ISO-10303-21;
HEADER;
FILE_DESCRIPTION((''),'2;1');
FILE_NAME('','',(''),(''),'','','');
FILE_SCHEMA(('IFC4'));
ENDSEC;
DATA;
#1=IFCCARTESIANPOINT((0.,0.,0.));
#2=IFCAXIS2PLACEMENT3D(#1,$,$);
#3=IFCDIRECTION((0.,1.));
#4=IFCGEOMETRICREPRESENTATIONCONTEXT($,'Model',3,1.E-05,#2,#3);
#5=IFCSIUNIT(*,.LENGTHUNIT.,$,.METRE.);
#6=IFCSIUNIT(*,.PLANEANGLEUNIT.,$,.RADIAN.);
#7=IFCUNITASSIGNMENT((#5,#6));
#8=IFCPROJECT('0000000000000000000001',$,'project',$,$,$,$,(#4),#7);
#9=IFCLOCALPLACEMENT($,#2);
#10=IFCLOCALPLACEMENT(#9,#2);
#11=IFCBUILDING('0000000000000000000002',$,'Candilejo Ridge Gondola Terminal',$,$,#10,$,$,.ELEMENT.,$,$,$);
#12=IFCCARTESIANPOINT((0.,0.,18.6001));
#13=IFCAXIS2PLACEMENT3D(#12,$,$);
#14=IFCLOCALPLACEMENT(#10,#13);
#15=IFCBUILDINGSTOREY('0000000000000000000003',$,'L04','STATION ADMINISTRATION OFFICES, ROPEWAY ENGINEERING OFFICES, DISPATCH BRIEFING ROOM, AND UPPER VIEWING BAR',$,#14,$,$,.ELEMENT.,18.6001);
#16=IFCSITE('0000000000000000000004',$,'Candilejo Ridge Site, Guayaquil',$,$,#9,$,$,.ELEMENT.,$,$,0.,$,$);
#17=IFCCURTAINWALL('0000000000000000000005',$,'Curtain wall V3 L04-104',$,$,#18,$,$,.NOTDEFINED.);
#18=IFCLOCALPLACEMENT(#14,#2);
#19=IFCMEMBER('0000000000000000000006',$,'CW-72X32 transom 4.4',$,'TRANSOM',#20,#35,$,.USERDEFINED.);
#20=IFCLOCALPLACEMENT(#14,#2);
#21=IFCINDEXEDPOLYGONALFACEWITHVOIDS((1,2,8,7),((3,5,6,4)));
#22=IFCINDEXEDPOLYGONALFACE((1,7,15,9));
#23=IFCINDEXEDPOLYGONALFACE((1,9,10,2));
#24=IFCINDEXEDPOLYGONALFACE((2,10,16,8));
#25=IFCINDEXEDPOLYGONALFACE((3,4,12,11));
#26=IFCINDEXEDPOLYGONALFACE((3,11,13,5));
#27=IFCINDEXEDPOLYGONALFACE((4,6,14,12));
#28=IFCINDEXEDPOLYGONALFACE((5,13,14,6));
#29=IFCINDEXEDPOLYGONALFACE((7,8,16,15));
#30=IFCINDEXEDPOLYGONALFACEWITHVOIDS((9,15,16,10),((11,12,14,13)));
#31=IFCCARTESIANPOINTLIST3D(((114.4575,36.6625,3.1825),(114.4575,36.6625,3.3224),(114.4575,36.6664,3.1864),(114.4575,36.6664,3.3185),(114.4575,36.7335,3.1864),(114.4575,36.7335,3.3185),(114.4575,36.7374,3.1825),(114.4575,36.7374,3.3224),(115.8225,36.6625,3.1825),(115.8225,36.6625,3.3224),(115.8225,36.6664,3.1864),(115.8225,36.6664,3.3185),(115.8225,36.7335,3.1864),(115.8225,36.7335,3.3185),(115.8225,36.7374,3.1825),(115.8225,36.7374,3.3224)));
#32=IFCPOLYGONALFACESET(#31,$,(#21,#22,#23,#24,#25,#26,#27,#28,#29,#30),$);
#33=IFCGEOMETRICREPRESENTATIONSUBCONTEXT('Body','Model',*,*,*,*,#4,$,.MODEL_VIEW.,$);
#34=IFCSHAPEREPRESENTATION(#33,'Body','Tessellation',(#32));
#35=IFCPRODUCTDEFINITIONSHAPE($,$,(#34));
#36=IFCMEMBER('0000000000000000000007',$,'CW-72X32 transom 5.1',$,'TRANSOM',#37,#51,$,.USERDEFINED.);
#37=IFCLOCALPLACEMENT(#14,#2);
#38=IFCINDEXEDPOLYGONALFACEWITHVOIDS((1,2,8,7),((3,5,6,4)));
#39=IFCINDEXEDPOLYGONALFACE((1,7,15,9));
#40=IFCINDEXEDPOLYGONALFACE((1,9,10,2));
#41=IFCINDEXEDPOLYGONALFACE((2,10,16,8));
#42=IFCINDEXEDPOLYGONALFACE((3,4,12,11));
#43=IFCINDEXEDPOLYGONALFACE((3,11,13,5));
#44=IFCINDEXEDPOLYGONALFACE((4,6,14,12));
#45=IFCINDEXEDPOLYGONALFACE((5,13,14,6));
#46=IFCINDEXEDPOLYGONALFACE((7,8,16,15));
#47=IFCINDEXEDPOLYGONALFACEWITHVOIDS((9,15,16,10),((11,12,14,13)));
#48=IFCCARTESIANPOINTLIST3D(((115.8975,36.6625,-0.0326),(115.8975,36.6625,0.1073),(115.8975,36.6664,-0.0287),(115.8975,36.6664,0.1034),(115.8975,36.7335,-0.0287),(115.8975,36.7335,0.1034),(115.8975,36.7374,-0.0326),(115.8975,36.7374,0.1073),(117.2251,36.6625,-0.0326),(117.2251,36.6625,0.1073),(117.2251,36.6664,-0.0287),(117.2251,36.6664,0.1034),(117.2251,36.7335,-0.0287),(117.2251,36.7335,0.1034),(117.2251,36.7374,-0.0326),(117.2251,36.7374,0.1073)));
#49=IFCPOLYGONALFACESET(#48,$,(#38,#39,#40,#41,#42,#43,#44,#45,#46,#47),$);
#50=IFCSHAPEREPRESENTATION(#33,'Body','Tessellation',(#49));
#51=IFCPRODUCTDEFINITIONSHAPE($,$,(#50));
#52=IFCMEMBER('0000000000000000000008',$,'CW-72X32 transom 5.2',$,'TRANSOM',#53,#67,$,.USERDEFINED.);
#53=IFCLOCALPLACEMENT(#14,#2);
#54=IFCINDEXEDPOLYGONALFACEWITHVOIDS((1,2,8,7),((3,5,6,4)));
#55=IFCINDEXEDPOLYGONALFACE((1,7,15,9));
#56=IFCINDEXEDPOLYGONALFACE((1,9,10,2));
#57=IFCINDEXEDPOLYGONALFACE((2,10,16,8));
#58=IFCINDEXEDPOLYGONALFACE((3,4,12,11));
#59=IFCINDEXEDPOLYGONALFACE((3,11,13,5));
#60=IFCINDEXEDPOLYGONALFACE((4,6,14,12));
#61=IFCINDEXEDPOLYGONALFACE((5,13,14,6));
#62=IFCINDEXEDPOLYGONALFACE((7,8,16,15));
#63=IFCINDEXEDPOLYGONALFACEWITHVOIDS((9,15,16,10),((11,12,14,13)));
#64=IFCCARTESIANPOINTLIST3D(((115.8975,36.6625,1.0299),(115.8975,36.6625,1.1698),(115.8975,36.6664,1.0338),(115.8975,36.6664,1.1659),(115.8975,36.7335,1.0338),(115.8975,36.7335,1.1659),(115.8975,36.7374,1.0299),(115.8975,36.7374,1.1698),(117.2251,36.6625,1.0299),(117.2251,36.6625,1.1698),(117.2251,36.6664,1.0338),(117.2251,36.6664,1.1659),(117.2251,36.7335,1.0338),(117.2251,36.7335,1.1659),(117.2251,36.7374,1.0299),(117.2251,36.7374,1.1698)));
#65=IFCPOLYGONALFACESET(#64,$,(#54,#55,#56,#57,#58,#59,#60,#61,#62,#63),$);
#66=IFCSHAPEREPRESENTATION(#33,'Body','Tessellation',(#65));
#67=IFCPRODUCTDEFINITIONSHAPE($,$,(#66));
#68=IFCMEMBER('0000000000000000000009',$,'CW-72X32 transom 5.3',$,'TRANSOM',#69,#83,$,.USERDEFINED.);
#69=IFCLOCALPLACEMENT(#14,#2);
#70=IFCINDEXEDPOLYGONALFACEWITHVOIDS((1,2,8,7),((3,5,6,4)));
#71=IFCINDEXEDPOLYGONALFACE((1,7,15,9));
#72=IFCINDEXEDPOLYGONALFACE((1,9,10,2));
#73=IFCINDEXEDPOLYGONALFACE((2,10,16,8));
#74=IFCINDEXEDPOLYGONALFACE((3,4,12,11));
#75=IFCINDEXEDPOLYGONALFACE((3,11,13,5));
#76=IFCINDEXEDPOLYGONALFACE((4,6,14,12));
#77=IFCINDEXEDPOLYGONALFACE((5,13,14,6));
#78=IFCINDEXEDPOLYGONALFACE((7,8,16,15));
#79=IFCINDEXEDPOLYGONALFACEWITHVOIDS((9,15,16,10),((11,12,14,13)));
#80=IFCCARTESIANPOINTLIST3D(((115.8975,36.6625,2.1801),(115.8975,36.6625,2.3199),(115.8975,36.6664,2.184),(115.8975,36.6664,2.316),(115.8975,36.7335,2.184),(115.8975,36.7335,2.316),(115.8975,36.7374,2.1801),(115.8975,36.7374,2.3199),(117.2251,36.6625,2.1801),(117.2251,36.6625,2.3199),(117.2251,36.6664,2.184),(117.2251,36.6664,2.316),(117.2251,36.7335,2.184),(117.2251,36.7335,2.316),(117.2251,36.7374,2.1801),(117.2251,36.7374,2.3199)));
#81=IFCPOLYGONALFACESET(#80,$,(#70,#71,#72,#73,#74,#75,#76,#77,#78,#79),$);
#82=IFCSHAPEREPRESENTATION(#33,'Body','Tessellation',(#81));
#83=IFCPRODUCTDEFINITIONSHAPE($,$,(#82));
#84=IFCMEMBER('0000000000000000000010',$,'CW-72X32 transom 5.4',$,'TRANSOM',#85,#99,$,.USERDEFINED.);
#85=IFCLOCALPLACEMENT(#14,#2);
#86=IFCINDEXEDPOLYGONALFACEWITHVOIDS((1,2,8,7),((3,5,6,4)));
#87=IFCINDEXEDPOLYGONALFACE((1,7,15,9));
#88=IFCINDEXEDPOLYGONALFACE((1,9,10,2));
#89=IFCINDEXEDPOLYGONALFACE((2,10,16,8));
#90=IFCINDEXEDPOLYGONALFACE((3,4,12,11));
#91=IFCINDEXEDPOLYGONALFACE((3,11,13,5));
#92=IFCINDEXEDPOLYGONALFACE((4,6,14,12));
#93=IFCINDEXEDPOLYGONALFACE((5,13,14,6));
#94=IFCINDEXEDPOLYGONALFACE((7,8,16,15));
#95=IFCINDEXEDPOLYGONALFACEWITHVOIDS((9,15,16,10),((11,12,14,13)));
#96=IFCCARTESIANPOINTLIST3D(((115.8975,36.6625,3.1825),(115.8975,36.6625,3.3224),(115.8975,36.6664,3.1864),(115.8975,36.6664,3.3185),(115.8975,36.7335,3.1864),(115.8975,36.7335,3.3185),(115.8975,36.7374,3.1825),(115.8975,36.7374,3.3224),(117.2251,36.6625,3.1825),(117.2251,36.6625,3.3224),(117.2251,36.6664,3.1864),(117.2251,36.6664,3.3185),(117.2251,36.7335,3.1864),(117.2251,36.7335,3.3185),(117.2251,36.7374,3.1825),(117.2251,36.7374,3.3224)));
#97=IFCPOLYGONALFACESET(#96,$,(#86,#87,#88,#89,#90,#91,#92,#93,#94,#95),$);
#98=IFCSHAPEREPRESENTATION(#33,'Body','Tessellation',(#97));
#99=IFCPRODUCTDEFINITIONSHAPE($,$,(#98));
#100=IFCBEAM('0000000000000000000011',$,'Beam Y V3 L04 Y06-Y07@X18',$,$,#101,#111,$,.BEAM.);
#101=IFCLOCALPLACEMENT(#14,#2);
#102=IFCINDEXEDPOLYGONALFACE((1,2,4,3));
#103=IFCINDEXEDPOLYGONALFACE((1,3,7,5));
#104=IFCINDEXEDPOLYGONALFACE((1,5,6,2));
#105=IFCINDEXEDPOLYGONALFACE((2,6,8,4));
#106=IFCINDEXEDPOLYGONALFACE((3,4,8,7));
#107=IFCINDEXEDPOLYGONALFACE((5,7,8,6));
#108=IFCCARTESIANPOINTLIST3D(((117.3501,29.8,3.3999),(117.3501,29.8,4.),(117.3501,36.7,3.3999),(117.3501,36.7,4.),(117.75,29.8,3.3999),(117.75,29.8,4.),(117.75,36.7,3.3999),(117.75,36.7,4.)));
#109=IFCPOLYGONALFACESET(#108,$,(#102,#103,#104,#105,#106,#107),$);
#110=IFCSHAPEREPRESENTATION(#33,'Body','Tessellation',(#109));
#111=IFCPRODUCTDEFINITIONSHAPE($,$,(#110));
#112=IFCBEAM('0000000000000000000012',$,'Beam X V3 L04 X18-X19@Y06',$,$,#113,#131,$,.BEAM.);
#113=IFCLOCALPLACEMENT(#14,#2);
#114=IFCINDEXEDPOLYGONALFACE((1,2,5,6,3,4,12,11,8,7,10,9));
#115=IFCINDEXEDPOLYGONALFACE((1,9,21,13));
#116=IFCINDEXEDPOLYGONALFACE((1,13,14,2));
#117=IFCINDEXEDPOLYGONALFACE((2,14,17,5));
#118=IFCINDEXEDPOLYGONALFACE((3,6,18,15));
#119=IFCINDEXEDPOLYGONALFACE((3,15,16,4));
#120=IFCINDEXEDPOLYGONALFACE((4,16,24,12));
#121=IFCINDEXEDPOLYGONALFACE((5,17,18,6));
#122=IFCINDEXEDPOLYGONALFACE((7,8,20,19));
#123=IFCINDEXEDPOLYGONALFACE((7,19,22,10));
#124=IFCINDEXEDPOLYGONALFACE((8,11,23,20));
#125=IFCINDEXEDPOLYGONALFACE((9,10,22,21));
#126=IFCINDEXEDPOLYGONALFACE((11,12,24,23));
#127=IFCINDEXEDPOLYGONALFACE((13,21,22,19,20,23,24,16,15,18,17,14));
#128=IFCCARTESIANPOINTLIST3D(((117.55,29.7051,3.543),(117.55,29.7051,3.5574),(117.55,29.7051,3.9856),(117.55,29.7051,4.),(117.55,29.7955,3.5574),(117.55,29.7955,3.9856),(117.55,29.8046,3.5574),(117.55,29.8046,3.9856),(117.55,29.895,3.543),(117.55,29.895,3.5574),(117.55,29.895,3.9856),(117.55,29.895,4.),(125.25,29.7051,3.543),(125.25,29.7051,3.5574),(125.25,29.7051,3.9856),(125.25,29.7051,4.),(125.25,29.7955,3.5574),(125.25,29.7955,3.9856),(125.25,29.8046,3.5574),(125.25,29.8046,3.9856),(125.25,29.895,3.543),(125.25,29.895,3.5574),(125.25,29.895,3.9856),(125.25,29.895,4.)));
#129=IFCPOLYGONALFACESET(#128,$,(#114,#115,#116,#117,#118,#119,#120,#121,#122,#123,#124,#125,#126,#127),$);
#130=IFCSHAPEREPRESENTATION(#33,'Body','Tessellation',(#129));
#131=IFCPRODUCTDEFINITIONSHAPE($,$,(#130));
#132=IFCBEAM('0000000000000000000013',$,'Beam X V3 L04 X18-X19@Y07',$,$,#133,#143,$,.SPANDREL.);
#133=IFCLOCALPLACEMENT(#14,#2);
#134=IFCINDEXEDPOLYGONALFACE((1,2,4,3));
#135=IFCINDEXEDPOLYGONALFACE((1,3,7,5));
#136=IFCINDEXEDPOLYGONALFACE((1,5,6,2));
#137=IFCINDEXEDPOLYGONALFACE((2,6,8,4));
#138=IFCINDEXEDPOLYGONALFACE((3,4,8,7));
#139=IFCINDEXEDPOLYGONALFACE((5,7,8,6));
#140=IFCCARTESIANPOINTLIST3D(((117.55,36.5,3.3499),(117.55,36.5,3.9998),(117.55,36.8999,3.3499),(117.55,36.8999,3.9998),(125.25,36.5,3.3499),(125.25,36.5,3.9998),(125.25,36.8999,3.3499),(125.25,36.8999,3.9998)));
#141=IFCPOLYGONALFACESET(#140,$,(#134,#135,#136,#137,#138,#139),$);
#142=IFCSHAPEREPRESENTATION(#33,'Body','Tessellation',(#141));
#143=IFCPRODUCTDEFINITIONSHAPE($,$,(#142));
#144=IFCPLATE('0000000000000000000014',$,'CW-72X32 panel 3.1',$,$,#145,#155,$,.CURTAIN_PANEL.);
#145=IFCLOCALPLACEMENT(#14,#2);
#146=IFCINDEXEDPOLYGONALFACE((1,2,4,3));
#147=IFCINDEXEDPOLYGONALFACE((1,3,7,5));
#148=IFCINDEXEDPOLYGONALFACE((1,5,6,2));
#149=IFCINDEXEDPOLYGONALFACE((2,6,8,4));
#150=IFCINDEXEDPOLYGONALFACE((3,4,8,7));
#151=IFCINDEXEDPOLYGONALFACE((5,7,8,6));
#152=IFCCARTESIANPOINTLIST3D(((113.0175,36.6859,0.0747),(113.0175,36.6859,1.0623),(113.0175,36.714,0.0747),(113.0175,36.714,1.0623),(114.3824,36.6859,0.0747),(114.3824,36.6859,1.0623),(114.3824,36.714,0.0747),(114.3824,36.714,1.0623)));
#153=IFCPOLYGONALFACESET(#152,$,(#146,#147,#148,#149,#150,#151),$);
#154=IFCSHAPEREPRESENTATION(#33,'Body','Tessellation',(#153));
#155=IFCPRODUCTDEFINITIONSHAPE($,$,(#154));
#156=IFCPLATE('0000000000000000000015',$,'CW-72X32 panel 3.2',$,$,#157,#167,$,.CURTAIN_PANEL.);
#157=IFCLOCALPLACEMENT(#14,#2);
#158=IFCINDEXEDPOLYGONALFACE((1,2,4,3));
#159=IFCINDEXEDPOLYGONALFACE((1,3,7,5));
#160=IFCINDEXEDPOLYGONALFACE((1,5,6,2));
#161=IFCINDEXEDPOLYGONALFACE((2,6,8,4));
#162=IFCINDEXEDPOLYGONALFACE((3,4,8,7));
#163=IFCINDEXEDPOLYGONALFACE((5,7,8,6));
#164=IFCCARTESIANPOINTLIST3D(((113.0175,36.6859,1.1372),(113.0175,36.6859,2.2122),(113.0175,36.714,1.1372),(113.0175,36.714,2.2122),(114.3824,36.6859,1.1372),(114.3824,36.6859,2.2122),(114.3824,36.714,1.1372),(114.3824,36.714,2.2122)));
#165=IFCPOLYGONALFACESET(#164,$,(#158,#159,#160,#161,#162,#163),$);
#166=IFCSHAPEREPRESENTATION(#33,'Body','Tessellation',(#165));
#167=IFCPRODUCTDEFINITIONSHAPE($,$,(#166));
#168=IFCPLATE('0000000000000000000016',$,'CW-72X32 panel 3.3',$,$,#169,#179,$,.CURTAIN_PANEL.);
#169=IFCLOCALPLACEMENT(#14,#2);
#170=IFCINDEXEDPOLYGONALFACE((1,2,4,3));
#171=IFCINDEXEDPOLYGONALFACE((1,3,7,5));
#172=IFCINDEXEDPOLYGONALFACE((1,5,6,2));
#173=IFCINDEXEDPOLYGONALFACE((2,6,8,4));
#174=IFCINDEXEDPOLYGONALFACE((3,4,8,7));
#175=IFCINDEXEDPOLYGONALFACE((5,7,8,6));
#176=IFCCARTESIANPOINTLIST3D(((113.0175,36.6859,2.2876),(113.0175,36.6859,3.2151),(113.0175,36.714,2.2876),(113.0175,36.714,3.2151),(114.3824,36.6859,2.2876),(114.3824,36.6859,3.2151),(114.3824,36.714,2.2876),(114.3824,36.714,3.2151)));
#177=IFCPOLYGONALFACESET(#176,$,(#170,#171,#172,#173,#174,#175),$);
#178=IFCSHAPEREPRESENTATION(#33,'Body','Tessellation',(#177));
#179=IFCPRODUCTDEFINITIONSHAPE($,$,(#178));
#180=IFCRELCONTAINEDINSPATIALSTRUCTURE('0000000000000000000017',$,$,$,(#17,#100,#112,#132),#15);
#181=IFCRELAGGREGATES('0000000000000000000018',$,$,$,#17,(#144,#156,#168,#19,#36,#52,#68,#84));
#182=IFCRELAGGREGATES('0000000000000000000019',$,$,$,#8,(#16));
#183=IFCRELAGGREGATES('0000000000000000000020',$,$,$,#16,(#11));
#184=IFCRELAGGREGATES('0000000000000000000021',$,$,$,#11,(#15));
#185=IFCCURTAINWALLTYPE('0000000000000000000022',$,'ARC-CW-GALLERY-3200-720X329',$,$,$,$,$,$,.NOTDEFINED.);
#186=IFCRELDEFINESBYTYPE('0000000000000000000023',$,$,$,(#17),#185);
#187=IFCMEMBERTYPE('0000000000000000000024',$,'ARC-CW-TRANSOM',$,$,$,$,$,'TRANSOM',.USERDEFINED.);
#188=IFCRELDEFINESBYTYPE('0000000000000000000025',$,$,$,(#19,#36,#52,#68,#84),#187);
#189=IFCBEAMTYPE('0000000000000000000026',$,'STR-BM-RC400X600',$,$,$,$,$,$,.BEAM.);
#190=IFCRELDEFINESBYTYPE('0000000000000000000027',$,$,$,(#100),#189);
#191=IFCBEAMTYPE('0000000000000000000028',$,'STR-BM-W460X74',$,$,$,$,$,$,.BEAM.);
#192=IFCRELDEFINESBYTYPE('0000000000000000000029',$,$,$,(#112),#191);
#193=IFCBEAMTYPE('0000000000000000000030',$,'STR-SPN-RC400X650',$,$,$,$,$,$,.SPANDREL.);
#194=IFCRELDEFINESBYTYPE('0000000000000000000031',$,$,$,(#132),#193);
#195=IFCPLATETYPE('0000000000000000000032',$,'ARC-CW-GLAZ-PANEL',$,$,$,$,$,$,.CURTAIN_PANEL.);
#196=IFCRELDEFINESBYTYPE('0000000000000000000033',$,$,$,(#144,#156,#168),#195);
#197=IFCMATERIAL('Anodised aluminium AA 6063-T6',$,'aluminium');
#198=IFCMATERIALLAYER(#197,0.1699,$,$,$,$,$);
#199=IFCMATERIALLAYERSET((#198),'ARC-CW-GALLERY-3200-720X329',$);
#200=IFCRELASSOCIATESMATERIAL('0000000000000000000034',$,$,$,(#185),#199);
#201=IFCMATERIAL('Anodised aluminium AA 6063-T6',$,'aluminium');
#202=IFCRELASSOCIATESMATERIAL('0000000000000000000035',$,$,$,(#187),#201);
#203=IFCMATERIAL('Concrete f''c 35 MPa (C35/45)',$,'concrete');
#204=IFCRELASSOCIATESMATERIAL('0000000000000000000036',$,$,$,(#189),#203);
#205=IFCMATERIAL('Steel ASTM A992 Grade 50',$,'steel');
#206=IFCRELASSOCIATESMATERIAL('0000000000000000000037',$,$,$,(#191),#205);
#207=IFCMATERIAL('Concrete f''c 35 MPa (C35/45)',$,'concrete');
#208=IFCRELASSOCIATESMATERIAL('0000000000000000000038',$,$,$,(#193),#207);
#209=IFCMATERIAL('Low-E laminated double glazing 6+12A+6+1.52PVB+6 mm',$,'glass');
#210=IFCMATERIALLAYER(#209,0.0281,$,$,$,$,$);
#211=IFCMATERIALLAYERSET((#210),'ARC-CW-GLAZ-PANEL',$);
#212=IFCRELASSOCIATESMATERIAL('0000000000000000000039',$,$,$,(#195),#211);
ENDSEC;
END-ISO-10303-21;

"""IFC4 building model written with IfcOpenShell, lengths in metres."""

from ifc_helpers import new_model, si_unit, direction, frame, origin, origin_2d, place, context, subcontext, project, spatial, rectangle, hollow_rectangle, i_section, extrude, material, layer, layer_set, material_profile, profile_set, type_object, element, aggregate, save


model = new_model("IFC4")

# Units and contexts
model_context = context("Model", 3, precision=1e-05, world=origin(), true_north=direction((0.0, 1.0)))
body_context = subcontext(model_context, "Body", "Model", "MODEL_VIEW")
ifc_project = project(units=[si_unit("LENGTHUNIT", "METRE"), si_unit("PLANEANGLEUNIT", "RADIAN")], contexts=[model_context])

# Site, building, storey
site_placement = place(None, origin())
site = spatial("IfcSite", under=ifc_project, at=site_placement, Name="Candilejo Ridge Site, Guayaquil", CompositionType="ELEMENT", RefElevation=0.0)
building_placement = place(site_placement, origin())
building = spatial("IfcBuilding", under=site, at=building_placement, Name="Candilejo Ridge Gondola Terminal", CompositionType="ELEMENT")
storey_placement = place(building_placement, frame((0.0, 0.0, 18.6001)))
storey = spatial("IfcBuildingStorey", under=building, at=storey_placement, Name="L04", Description="STATION ADMINISTRATION OFFICES, ROPEWAY ENGINEERING OFFICES, DISPATCH BRIEFING ROOM, AND UPPER VIEWING BAR", CompositionType="ELEMENT", Elevation=18.6001)

# Curtain wall, members
ifc_material_1 = material(Name="Anodised aluminium AA 6063-T6", Category="aluminium")
ifc_layer_1 = layer(ifc_material_1, 0.1699)
ifc_layer_set_1 = layer_set([ifc_layer_1], Name="ARC-CW-GALLERY-3200-720X329")
curtain_wall_type = type_object("IfcCurtainWallType", Name="ARC-CW-GALLERY-3200-720X329", PredefinedType="NOTDEFINED", material=ifc_layer_set_1)
curtain_wall_placement = place(storey_placement, origin())
curtain_wall = element("IfcCurtainWall", 1, at=curtain_wall_placement, inside=storey, type_object=curtain_wall_type, Name="Curtain wall V3 L04-104", PredefinedType="NOTDEFINED")
ifc_material_2 = material(Name="Anodised aluminium AA 6063-T6", Category="aluminium")
ifc_material_profile_1 = material_profile(ifc_material_2, hollow_rectangle(XDim=0.075, YDim=0.1399, WallThickness=0.0039, at=origin_2d()))
ifc_profile_set_1 = profile_set([ifc_material_profile_1], Name="Anodised aluminium AA 6063-T6")
member_type_1 = type_object("IfcMemberType", Name="ARC-CW-TRANSOM", ElementType="TRANSOM", PredefinedType="USERDEFINED", material=ifc_profile_set_1)
member_1_placement = place(storey_placement, frame((114.4575, 36.7, 3.2524), z_axis=(1.0, 0.0, 0.0), x_axis=(0.0, 1.0, 0.0)))
member_1 = element("IfcMember", 2, at=member_1_placement, type_object=member_type_1, Name="CW-72X32 transom 4.4", ObjectType="TRANSOM", PredefinedType="USERDEFINED", context=body_context, shape_type="SweptSolid", body=[
    extrude(hollow_rectangle(XDim=0.075, YDim=0.1399, WallThickness=0.0039, at=origin_2d()), origin(), (0.0, 0.0, 1.0), 1.365),
])
member_2_placement = place(storey_placement, frame((115.8975, 36.7, 0.0374), z_axis=(1.0, 0.0, 0.0), x_axis=(0.0, 1.0, 0.0)))
member_2 = element("IfcMember", 3, at=member_2_placement, type_object=member_type_1, Name="CW-72X32 transom 5.1", ObjectType="TRANSOM", PredefinedType="USERDEFINED", context=body_context, shape_type="SweptSolid", body=[
    extrude(hollow_rectangle(XDim=0.075, YDim=0.1399, WallThickness=0.0039, at=origin_2d()), origin(), (0.0, 0.0, 1.0), 1.3276),
])
member_3_placement = place(storey_placement, frame((115.8975, 36.7, 1.0999), z_axis=(1.0, 0.0, 0.0), x_axis=(0.0, 1.0, 0.0)))
member_3 = element("IfcMember", 4, at=member_3_placement, type_object=member_type_1, Name="CW-72X32 transom 5.2", ObjectType="TRANSOM", PredefinedType="USERDEFINED", context=body_context, shape_type="SweptSolid", body=[
    extrude(hollow_rectangle(XDim=0.075, YDim=0.1399, WallThickness=0.0039, at=origin_2d()), origin(), (0.0, 0.0, 1.0), 1.3276),
])
member_4_placement = place(storey_placement, frame((115.8975, 36.7, 2.25), z_axis=(1.0, 0.0, 0.0), x_axis=(0.0, 1.0, 0.0)))
member_4 = element("IfcMember", 5, at=member_4_placement, type_object=member_type_1, Name="CW-72X32 transom 5.3", ObjectType="TRANSOM", PredefinedType="USERDEFINED", context=body_context, shape_type="SweptSolid", body=[
    extrude(hollow_rectangle(XDim=0.075, YDim=0.1399, WallThickness=0.0039, at=origin_2d()), origin(), (0.0, 0.0, 1.0), 1.3276),
])
member_5_placement = place(storey_placement, frame((115.8975, 36.7, 3.2524), z_axis=(1.0, 0.0, 0.0), x_axis=(0.0, 1.0, 0.0)))
member_5 = element("IfcMember", 6, at=member_5_placement, type_object=member_type_1, Name="CW-72X32 transom 5.4", ObjectType="TRANSOM", PredefinedType="USERDEFINED", context=body_context, shape_type="SweptSolid", body=[
    extrude(hollow_rectangle(XDim=0.075, YDim=0.1399, WallThickness=0.0039, at=origin_2d()), origin(), (0.0, 0.0, 1.0), 1.3276),
])

# Beams
ifc_material_3 = material(Name="Concrete f'c 35 MPa (C35/45)", Category="concrete")
ifc_material_profile_2 = material_profile(ifc_material_3, rectangle(XDim=0.3999, YDim=0.6001, at=origin_2d()))
ifc_profile_set_2 = profile_set([ifc_material_profile_2], Name="Concrete f'c 35 MPa (C35/45)")
beam_type_1 = type_object("IfcBeamType", Name="STR-BM-RC400X600", PredefinedType="BEAM", material=ifc_profile_set_2)
beam_1_placement = place(storey_placement, frame((117.55, 29.8, 3.7), z_axis=(0.0, 1.0, 0.0), x_axis=(-1.0, 0.0, 0.0)))
element("IfcBeam", 7, at=beam_1_placement, inside=storey, type_object=beam_type_1, Name="Beam Y V3 L04 Y06-Y07@X18", PredefinedType="BEAM", context=body_context, shape_type="SweptSolid", body=[
    extrude(rectangle(XDim=0.3999, YDim=0.6001, at=origin_2d()), origin(), (0.0, 0.0, 1.0), 6.8999),
])
ifc_material_4 = material(Name="Steel ASTM A992 Grade 50", Category="steel")
ifc_material_profile_3 = material_profile(ifc_material_4, i_section(OverallWidth=0.1899, OverallDepth=0.457, WebThickness=0.009, FlangeThickness=0.0144, at=origin_2d()))
ifc_profile_set_3 = profile_set([ifc_material_profile_3], Name="Steel ASTM A992 Grade 50")
beam_type_2 = type_object("IfcBeamType", Name="STR-BM-W460X74", PredefinedType="BEAM", material=ifc_profile_set_3)
beam_2_placement = place(storey_placement, frame((117.55, 29.8, 3.7715), z_axis=(1.0, 0.0, 0.0), x_axis=(0.0, 1.0, 0.0)))
element("IfcBeam", 8, at=beam_2_placement, inside=storey, type_object=beam_type_2, Name="Beam X V3 L04 X18-X19@Y06", PredefinedType="BEAM", context=body_context, shape_type="SweptSolid", body=[
    extrude(i_section(OverallWidth=0.1899, OverallDepth=0.457, WebThickness=0.009, FlangeThickness=0.0144, at=origin_2d()), origin(), (0.0, 0.0, 1.0), 7.7),
])
ifc_material_5 = material(Name="Concrete f'c 35 MPa (C35/45)", Category="concrete")
ifc_material_profile_4 = material_profile(ifc_material_5, rectangle(XDim=0.3999, YDim=0.6499, at=origin_2d()))
ifc_profile_set_4 = profile_set([ifc_material_profile_4], Name="Concrete f'c 35 MPa (C35/45)")
beam_type_3 = type_object("IfcBeamType", Name="STR-SPN-RC400X650", PredefinedType="SPANDREL", material=ifc_profile_set_4)
beam_3_placement = place(storey_placement, frame((117.55, 36.7, 3.6748), z_axis=(1.0, 0.0, 0.0), x_axis=(0.0, 1.0, 0.0)))
element("IfcBeam", 9, at=beam_3_placement, inside=storey, type_object=beam_type_3, Name="Beam X V3 L04 X18-X19@Y07", PredefinedType="SPANDREL", context=body_context, shape_type="SweptSolid", body=[
    extrude(rectangle(XDim=0.3999, YDim=0.6499, at=origin_2d()), origin(), (0.0, 0.0, 1.0), 7.7),
])

# Plates
ifc_material_6 = material(Name="Low-E laminated double glazing 6+12A+6+1.52PVB+6 mm", Category="glass")
ifc_layer_2 = layer(ifc_material_6, 0.0281)
ifc_layer_set_2 = layer_set([ifc_layer_2], Name="ARC-CW-GLAZ-PANEL")
plate_type = type_object("IfcPlateType", Name="ARC-CW-GLAZ-PANEL", PredefinedType="CURTAIN_PANEL", material=ifc_layer_set_2)
plate_1_placement = place(storey_placement, frame((113.7, 36.7, 0.0747), z_axis=(0.0, 0.0, 1.0), x_axis=(1.0, 0.0, 0.0)))
plate_1 = element("IfcPlate", 10, at=plate_1_placement, type_object=plate_type, Name="CW-72X32 panel 3.1", PredefinedType="CURTAIN_PANEL", context=body_context, shape_type="SweptSolid", body=[
    extrude(rectangle(XDim=1.365, YDim=0.0281, at=origin_2d()), origin(), (0.0, 0.0, 1.0), 0.9875),
])
plate_2_placement = place(storey_placement, frame((113.7, 36.7, 1.1372), z_axis=(0.0, 0.0, 1.0), x_axis=(1.0, 0.0, 0.0)))
plate_2 = element("IfcPlate", 11, at=plate_2_placement, type_object=plate_type, Name="CW-72X32 panel 3.2", PredefinedType="CURTAIN_PANEL", context=body_context, shape_type="SweptSolid", body=[
    extrude(rectangle(XDim=1.365, YDim=0.0281, at=origin_2d()), origin(), (0.0, 0.0, 1.0), 1.075),
])
plate_3_placement = place(storey_placement, frame((113.7, 36.7, 2.2876), z_axis=(0.0, 0.0, 1.0), x_axis=(1.0, 0.0, 0.0)))
plate_3 = element("IfcPlate", 12, at=plate_3_placement, type_object=plate_type, Name="CW-72X32 panel 3.3", PredefinedType="CURTAIN_PANEL", context=body_context, shape_type="SweptSolid", body=[
    extrude(rectangle(XDim=1.365, YDim=0.0281, at=origin_2d()), origin(), (0.0, 0.0, 1.0), 0.9275),
])
aggregate(curtain_wall, [plate_1, plate_2, plate_3, member_1, member_2, member_3, member_4, member_5])

save(model, "model.ifc")
